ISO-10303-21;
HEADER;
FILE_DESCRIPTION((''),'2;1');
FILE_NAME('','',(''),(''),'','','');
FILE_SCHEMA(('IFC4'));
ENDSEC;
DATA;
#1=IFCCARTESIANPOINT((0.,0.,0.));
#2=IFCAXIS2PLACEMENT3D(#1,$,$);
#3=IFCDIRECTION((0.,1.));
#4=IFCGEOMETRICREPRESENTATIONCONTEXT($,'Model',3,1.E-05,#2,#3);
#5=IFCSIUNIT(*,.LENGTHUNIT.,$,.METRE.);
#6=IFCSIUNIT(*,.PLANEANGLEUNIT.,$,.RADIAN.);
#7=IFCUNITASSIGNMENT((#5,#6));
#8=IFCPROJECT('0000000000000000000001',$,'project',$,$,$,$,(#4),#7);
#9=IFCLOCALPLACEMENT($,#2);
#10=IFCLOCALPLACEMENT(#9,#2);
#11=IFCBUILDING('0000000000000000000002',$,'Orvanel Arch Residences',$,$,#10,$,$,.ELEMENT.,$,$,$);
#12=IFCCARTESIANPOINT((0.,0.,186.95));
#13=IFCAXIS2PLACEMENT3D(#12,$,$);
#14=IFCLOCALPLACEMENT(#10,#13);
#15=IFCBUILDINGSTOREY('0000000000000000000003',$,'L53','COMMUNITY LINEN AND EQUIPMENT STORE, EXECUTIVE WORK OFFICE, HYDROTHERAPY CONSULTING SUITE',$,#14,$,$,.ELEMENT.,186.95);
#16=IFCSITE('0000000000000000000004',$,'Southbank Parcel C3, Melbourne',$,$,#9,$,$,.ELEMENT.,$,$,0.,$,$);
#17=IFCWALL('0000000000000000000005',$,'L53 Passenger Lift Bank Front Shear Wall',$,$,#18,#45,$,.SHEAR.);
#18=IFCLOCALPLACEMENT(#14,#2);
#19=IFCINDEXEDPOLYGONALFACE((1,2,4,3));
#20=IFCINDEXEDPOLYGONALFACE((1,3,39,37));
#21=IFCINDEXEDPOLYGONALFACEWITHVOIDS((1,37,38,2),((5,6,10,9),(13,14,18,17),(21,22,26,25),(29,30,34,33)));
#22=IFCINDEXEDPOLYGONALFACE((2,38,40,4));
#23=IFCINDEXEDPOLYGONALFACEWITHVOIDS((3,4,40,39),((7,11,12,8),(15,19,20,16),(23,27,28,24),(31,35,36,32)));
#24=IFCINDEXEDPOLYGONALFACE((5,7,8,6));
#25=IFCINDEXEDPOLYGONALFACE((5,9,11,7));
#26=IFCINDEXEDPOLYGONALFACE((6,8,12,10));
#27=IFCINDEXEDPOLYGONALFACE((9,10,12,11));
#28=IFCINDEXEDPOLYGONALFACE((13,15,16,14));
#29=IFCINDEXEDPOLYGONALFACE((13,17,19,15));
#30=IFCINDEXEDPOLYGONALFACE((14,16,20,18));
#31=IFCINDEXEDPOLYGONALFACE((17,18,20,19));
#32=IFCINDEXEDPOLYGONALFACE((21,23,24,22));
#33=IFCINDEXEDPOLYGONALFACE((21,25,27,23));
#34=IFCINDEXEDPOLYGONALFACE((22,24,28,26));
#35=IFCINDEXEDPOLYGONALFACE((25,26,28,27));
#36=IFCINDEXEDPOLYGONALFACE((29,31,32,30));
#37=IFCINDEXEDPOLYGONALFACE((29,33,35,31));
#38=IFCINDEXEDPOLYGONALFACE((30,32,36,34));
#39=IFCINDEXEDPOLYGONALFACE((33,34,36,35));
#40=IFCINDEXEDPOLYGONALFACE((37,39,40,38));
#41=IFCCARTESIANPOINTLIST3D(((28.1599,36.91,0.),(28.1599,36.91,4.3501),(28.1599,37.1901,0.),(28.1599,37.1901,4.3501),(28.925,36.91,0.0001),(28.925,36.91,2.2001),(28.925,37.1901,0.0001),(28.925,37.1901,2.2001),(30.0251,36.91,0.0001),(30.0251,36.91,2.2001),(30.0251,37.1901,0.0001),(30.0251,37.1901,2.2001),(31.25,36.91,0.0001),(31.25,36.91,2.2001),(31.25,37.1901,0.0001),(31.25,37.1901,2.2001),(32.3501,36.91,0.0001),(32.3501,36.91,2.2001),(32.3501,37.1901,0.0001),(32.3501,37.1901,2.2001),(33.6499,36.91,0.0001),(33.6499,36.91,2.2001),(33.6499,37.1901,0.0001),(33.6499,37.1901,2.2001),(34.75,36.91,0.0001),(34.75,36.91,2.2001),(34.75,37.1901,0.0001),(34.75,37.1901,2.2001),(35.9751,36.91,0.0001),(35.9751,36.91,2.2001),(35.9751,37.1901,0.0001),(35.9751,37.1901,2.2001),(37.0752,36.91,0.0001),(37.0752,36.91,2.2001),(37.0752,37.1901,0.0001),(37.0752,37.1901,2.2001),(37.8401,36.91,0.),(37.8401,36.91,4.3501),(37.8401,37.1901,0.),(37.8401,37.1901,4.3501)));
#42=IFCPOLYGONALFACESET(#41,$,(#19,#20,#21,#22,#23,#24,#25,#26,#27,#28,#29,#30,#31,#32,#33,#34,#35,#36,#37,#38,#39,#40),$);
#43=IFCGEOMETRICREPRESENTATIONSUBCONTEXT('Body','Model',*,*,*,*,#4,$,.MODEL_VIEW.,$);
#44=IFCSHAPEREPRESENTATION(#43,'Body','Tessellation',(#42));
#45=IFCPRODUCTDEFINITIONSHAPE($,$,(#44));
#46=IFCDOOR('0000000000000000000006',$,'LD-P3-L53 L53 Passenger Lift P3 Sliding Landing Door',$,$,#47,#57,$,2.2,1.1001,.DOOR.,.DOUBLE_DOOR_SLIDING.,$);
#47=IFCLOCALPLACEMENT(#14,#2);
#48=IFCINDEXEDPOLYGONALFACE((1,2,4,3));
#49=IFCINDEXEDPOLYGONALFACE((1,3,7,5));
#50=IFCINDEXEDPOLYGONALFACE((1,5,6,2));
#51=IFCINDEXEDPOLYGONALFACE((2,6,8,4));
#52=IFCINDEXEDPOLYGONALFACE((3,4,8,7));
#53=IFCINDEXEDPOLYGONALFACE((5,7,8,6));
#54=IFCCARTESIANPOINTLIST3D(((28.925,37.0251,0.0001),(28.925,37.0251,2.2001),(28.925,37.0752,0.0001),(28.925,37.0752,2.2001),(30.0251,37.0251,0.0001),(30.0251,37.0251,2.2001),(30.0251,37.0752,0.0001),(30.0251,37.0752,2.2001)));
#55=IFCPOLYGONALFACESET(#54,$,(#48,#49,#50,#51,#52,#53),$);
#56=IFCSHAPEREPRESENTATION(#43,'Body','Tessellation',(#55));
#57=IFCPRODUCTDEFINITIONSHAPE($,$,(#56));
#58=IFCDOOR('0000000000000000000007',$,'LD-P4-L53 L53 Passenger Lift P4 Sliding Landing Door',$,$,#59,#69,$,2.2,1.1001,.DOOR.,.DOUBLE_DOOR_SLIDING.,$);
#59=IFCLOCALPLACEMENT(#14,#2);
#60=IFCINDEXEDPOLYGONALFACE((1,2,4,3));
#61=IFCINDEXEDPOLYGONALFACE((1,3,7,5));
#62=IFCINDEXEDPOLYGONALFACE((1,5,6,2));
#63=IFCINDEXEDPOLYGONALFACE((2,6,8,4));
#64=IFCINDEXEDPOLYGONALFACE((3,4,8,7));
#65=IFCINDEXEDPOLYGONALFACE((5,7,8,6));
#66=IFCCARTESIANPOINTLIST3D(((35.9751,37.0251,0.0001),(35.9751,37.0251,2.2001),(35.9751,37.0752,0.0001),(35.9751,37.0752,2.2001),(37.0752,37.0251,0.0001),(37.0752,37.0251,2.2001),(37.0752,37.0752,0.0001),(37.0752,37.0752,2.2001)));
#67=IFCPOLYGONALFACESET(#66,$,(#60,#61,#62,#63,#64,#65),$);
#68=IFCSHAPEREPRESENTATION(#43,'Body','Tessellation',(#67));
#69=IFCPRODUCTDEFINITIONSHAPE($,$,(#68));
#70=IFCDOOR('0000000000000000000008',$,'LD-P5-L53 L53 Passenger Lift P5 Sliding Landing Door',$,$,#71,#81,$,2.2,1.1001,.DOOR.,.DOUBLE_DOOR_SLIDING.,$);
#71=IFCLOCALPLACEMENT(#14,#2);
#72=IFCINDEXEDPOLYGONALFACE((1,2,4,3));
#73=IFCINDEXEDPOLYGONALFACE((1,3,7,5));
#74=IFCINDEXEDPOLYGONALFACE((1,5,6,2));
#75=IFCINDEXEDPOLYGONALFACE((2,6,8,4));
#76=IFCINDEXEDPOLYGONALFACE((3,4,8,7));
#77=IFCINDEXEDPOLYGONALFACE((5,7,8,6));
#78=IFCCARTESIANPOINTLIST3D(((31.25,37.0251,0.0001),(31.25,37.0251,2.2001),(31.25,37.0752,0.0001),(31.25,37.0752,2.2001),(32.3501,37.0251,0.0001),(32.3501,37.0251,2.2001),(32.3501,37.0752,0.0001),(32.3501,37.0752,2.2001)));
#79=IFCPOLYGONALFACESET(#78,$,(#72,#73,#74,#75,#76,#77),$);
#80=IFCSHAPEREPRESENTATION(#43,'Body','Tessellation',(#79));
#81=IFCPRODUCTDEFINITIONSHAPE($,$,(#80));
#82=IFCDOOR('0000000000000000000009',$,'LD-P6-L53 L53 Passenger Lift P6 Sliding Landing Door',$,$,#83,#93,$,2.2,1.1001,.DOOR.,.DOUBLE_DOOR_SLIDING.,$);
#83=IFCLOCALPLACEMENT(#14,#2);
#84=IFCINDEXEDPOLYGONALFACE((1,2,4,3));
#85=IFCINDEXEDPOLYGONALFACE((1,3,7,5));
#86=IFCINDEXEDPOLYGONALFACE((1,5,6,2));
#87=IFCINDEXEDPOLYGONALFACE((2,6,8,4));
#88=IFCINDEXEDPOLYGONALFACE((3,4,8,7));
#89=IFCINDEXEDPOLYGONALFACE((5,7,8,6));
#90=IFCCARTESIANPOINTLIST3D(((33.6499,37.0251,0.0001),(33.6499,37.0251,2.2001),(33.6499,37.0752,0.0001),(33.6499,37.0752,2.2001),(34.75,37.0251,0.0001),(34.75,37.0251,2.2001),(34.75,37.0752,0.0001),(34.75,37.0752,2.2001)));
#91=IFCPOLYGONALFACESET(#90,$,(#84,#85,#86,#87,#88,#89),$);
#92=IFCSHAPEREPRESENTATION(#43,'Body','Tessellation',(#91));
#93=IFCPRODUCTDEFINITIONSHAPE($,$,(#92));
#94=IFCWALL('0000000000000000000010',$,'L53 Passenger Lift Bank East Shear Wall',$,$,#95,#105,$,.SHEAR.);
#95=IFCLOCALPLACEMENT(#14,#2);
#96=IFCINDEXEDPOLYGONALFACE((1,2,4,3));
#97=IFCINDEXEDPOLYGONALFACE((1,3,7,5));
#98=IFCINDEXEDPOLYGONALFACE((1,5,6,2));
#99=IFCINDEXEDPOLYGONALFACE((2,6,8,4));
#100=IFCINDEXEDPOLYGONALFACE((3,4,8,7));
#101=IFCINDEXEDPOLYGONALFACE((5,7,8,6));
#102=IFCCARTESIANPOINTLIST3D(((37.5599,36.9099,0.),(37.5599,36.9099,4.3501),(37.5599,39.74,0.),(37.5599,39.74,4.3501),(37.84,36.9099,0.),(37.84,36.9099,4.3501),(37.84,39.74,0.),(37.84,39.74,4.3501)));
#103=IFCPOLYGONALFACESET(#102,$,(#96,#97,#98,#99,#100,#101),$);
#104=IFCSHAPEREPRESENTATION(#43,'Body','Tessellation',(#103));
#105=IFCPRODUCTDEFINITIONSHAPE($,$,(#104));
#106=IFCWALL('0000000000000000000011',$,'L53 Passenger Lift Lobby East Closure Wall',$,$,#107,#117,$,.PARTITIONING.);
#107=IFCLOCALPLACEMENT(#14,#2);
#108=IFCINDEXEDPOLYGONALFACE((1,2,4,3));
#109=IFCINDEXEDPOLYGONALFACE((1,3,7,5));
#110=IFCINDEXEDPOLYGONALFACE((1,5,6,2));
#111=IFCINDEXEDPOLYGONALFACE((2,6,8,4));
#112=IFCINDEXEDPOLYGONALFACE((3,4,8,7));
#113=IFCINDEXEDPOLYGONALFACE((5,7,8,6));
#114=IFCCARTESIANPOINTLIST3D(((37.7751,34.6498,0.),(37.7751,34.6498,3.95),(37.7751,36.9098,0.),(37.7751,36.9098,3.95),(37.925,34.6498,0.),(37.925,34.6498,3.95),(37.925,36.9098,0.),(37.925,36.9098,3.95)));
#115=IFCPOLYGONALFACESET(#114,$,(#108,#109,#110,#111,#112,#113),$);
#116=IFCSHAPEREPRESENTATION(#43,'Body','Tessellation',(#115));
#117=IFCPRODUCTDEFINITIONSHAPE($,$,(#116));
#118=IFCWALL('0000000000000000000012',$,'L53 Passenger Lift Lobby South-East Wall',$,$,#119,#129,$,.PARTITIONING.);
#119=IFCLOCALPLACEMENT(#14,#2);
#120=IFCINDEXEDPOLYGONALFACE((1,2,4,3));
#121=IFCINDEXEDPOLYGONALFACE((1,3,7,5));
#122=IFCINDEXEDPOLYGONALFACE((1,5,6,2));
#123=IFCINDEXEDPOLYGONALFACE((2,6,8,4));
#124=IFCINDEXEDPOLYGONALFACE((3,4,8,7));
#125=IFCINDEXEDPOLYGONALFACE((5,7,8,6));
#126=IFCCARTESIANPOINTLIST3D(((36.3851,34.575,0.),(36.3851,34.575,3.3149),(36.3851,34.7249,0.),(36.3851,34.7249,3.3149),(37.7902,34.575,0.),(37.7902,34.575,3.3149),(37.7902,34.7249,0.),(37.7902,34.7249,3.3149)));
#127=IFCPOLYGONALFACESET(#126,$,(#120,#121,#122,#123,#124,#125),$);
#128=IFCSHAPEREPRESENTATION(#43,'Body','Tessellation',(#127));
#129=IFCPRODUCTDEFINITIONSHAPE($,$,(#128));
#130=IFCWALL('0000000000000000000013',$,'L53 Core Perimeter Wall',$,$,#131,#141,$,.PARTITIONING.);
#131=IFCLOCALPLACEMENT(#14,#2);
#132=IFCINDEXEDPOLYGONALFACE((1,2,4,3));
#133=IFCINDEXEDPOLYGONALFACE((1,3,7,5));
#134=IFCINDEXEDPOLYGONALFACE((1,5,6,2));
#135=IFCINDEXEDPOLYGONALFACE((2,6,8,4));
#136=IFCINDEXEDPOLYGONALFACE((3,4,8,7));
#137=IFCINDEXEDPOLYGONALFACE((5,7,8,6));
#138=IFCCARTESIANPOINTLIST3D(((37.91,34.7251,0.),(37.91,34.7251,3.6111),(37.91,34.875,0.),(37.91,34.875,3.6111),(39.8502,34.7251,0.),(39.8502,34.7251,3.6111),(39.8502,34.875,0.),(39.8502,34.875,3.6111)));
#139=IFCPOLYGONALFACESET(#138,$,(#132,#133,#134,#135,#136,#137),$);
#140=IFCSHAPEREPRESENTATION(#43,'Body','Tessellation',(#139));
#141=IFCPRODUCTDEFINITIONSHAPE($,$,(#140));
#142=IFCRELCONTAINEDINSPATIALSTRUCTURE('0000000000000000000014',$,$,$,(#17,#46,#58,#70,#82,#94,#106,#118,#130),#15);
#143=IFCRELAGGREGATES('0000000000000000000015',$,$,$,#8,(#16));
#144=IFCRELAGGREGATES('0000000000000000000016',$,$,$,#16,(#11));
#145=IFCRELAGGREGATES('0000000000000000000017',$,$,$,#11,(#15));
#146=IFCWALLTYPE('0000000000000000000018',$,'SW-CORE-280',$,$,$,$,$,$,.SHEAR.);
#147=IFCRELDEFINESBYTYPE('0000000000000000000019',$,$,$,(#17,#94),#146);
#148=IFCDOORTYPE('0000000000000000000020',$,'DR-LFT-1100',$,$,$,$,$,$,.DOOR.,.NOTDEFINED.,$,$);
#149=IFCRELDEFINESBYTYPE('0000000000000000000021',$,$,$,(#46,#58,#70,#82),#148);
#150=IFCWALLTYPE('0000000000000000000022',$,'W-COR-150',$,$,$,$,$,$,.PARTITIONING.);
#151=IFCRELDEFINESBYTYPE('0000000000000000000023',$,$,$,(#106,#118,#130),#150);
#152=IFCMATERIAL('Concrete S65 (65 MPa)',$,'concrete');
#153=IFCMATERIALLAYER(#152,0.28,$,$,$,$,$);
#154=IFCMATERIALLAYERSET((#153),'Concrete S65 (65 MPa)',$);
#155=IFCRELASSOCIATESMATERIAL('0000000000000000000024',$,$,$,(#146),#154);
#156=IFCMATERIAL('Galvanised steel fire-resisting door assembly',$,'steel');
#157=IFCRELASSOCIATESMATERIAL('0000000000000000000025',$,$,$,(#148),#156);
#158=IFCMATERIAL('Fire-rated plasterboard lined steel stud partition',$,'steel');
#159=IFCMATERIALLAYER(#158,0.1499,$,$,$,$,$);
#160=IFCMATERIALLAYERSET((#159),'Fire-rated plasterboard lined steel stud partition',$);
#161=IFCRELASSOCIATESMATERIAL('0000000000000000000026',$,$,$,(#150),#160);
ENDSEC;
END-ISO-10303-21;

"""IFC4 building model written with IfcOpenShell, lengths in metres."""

from ifc_helpers import new_model, si_unit, direction, frame, frame_2d, origin, place, context, subcontext, project, spatial, rectangle, extrude, material, layer, layer_set, type_object, element, fill, save


model = new_model("IFC4")

# Units and contexts
model_context = context("Model", 3, precision=1e-05, world=origin(), true_north=direction((0.0, 1.0)))
body_context = subcontext(model_context, "Body", "Model", "MODEL_VIEW")
ifc_project = project(units=[si_unit("LENGTHUNIT", "METRE"), si_unit("PLANEANGLEUNIT", "RADIAN")], contexts=[model_context])

# Site, building, storey
site_placement = place(None, origin())
site = spatial("IfcSite", under=ifc_project, at=site_placement, Name="Southbank Parcel C3, Melbourne", CompositionType="ELEMENT", RefElevation=0.0)
building_placement = place(site_placement, origin())
building = spatial("IfcBuilding", under=site, at=building_placement, Name="Orvanel Arch Residences", CompositionType="ELEMENT")
storey_placement = place(building_placement, frame((0.0, 0.0, 186.95)))
storey = spatial("IfcBuildingStorey", under=building, at=storey_placement, Name="L53", Description="COMMUNITY LINEN AND EQUIPMENT STORE, EXECUTIVE WORK OFFICE, HYDROTHERAPY CONSULTING SUITE", CompositionType="ELEMENT", Elevation=186.95)

# Wall, openings, doors
ifc_material_1 = material(Name="Concrete S65 (65 MPa)", Category="concrete")
ifc_layer_1 = layer(ifc_material_1, 0.28)
ifc_layer_set_1 = layer_set([ifc_layer_1], Name="Concrete S65 (65 MPa)")
wall_type_1 = type_object("IfcWallType", Name="SW-CORE-280", PredefinedType="SHEAR", material=ifc_layer_set_1)
wall_1_placement = place(storey_placement, frame((37.8401, 37.05, 0.0), z_axis=(0.0, 0.0, 1.0), x_axis=(-1.0, 0.0, 0.0)))
wall_1 = element("IfcWall", 1, at=wall_1_placement, inside=storey, type_object=wall_type_1, Name="L53 Passenger Lift Bank Front Shear Wall", PredefinedType="SHEAR", context=body_context, shape_type="SweptSolid", body=[
    extrude(rectangle(XDim=9.6802, YDim=0.28, at=frame_2d((4.8401, 0.0))), origin(), (0.0, 0.0, 1.0), 4.3501),
])
opening_1_placement = place(wall_1_placement, frame((7.8149, 0.0, 0.0)))
opening_1 = element("IfcOpeningElement", 2, at=opening_1_placement, cuts=wall_1, PredefinedType="OPENING", context=body_context, shape_type="SweptSolid", body=[
    extrude(rectangle(XDim=1.1001, YDim=2.2, at=frame_2d((0.55, 1.1001))), frame((0.0, 0.1499, 0.0), z_axis=(0.0, -1.0, 0.0), x_axis=(1.0, 0.0, 0.0)), (0.0, 0.0, 1.0), 0.3),
])
opening_2_placement = place(wall_1_placement, frame((0.7649, 0.0, 0.0)))
opening_2 = element("IfcOpeningElement", 3, at=opening_2_placement, cuts=wall_1, PredefinedType="OPENING", context=body_context, shape_type="SweptSolid", body=[
    extrude(rectangle(XDim=1.1001, YDim=2.2, at=frame_2d((0.55, 1.1001))), frame((0.0, 0.1499, 0.0), z_axis=(0.0, -1.0, 0.0), x_axis=(1.0, 0.0, 0.0)), (0.0, 0.0, 1.0), 0.3),
])
opening_3_placement = place(wall_1_placement, frame((5.49, 0.0, 0.0)))
opening_3 = element("IfcOpeningElement", 4, at=opening_3_placement, cuts=wall_1, PredefinedType="OPENING", context=body_context, shape_type="SweptSolid", body=[
    extrude(rectangle(XDim=1.1001, YDim=2.2, at=frame_2d((0.55, 1.1001))), frame((0.0, 0.1499, 0.0), z_axis=(0.0, -1.0, 0.0), x_axis=(1.0, 0.0, 0.0)), (0.0, 0.0, 1.0), 0.3),
])
opening_4_placement = place(wall_1_placement, frame((3.0901, 0.0, 0.0)))
opening_4 = element("IfcOpeningElement", 5, at=opening_4_placement, cuts=wall_1, PredefinedType="OPENING", context=body_context, shape_type="SweptSolid", body=[
    extrude(rectangle(XDim=1.1001, YDim=2.2, at=frame_2d((0.55, 1.1001))), frame((0.0, 0.1499, 0.0), z_axis=(0.0, -1.0, 0.0), x_axis=(1.0, 0.0, 0.0)), (0.0, 0.0, 1.0), 0.3),
])
ifc_material_2 = material(Name="Galvanised steel fire-resisting door assembly", Category="steel")
door_type = type_object("IfcDoorType", Name="DR-LFT-1100", OperationType="NOTDEFINED", PredefinedType="DOOR", material=ifc_material_2)
door_1_placement = place(opening_1_placement, origin())
door_1 = element("IfcDoor", 6, at=door_1_placement, inside=storey, type_object=door_type, Name="LD-P3-L53 L53 Passenger Lift P3 Sliding Landing Door", OperationType="DOUBLE_DOOR_SLIDING", OverallHeight=2.2, OverallWidth=1.1001, PredefinedType="DOOR", context=body_context, shape_type="SweptSolid", body=[
    extrude(rectangle(XDim=1.1001, YDim=2.2, at=frame_2d((0.55, 1.1001))), frame((0.0, 0.0249, 0.0), z_axis=(0.0, -1.0, 0.0), x_axis=(1.0, 0.0, 0.0)), (0.0, 0.0, 1.0), 0.05),
])
fill(opening_1, door_1)
door_2_placement = place(opening_2_placement, origin())
door_2 = element("IfcDoor", 7, at=door_2_placement, inside=storey, type_object=door_type, Name="LD-P4-L53 L53 Passenger Lift P4 Sliding Landing Door", OperationType="DOUBLE_DOOR_SLIDING", OverallHeight=2.2, OverallWidth=1.1001, PredefinedType="DOOR", context=body_context, shape_type="SweptSolid", body=[
    extrude(rectangle(XDim=1.1001, YDim=2.2, at=frame_2d((0.55, 1.1001))), frame((0.0, 0.0249, 0.0), z_axis=(0.0, -1.0, 0.0), x_axis=(1.0, 0.0, 0.0)), (0.0, 0.0, 1.0), 0.05),
])
fill(opening_2, door_2)
door_3_placement = place(opening_3_placement, origin())
door_3 = element("IfcDoor", 8, at=door_3_placement, inside=storey, type_object=door_type, Name="LD-P5-L53 L53 Passenger Lift P5 Sliding Landing Door", OperationType="DOUBLE_DOOR_SLIDING", OverallHeight=2.2, OverallWidth=1.1001, PredefinedType="DOOR", context=body_context, shape_type="SweptSolid", body=[
    extrude(rectangle(XDim=1.1001, YDim=2.2, at=frame_2d((0.55, 1.1001))), frame((0.0, 0.0249, 0.0), z_axis=(0.0, -1.0, 0.0), x_axis=(1.0, 0.0, 0.0)), (0.0, 0.0, 1.0), 0.05),
])
fill(opening_3, door_3)
door_4_placement = place(opening_4_placement, origin())
door_4 = element("IfcDoor", 9, at=door_4_placement, inside=storey, type_object=door_type, Name="LD-P6-L53 L53 Passenger Lift P6 Sliding Landing Door", OperationType="DOUBLE_DOOR_SLIDING", OverallHeight=2.2, OverallWidth=1.1001, PredefinedType="DOOR", context=body_context, shape_type="SweptSolid", body=[
    extrude(rectangle(XDim=1.1001, YDim=2.2, at=frame_2d((0.55, 1.1001))), frame((0.0, 0.0249, 0.0), z_axis=(0.0, -1.0, 0.0), x_axis=(1.0, 0.0, 0.0)), (0.0, 0.0, 1.0), 0.05),
])
fill(opening_4, door_4)

# Walls
wall_2_placement = place(storey_placement, frame((37.7, 36.9099, 0.0), z_axis=(0.0, 0.0, 1.0), x_axis=(0.0, 1.0, 0.0)))
element("IfcWall", 10, at=wall_2_placement, inside=storey, type_object=wall_type_1, Name="L53 Passenger Lift Bank East Shear Wall", PredefinedType="SHEAR", context=body_context, shape_type="SweptSolid", body=[
    extrude(rectangle(XDim=2.8301, YDim=0.28, at=frame_2d((1.415, 0.0))), origin(), (0.0, 0.0, 1.0), 4.3501),
])
ifc_material_3 = material(Name="Fire-rated plasterboard lined steel stud partition", Category="steel")
ifc_layer_2 = layer(ifc_material_3, 0.1499)
ifc_layer_set_2 = layer_set([ifc_layer_2], Name="Fire-rated plasterboard lined steel stud partition")
wall_type_2 = type_object("IfcWallType", Name="W-COR-150", PredefinedType="PARTITIONING", material=ifc_layer_set_2)
wall_3_placement = place(storey_placement, frame((37.8501, 34.6499, 0.0), z_axis=(0.0, 0.0, 1.0), x_axis=(0.0, 1.0, 0.0)))
element("IfcWall", 11, at=wall_3_placement, inside=storey, type_object=wall_type_2, Name="L53 Passenger Lift Lobby East Closure Wall", PredefinedType="PARTITIONING", context=body_context, shape_type="SweptSolid", body=[
    extrude(rectangle(XDim=2.26, YDim=0.1499, at=frame_2d((1.1299, 0.0))), origin(), (0.0, 0.0, 1.0), 3.95),
])
wall_4_placement = place(storey_placement, frame((36.385, 34.6499, 0.0), z_axis=(0.0, 0.0, 1.0), x_axis=(1.0, 0.0, 0.0)))
element("IfcWall", 12, at=wall_4_placement, inside=storey, type_object=wall_type_2, Name="L53 Passenger Lift Lobby South-East Wall", PredefinedType="PARTITIONING", context=body_context, shape_type="SweptSolid", body=[
    extrude(rectangle(XDim=1.405, YDim=0.1499, at=frame_2d((0.7026, 0.0))), origin(), (0.0, 0.0, 1.0), 3.3149),
])
wall_5_placement = place(storey_placement, frame((37.9099, 34.8, 0.0), z_axis=(0.0, 0.0, 1.0), x_axis=(1.0, 0.0, 0.0)))
element("IfcWall", 13, at=wall_5_placement, inside=storey, type_object=wall_type_2, Name="L53 Core Perimeter Wall", PredefinedType="PARTITIONING", context=body_context, shape_type="SweptSolid", body=[
    extrude(rectangle(XDim=1.9402, YDim=0.1499, at=frame_2d((0.9702, 0.0))), origin(), (0.0, 0.0, 1.0), 3.6111),
])

save(model, "model.ifc")
